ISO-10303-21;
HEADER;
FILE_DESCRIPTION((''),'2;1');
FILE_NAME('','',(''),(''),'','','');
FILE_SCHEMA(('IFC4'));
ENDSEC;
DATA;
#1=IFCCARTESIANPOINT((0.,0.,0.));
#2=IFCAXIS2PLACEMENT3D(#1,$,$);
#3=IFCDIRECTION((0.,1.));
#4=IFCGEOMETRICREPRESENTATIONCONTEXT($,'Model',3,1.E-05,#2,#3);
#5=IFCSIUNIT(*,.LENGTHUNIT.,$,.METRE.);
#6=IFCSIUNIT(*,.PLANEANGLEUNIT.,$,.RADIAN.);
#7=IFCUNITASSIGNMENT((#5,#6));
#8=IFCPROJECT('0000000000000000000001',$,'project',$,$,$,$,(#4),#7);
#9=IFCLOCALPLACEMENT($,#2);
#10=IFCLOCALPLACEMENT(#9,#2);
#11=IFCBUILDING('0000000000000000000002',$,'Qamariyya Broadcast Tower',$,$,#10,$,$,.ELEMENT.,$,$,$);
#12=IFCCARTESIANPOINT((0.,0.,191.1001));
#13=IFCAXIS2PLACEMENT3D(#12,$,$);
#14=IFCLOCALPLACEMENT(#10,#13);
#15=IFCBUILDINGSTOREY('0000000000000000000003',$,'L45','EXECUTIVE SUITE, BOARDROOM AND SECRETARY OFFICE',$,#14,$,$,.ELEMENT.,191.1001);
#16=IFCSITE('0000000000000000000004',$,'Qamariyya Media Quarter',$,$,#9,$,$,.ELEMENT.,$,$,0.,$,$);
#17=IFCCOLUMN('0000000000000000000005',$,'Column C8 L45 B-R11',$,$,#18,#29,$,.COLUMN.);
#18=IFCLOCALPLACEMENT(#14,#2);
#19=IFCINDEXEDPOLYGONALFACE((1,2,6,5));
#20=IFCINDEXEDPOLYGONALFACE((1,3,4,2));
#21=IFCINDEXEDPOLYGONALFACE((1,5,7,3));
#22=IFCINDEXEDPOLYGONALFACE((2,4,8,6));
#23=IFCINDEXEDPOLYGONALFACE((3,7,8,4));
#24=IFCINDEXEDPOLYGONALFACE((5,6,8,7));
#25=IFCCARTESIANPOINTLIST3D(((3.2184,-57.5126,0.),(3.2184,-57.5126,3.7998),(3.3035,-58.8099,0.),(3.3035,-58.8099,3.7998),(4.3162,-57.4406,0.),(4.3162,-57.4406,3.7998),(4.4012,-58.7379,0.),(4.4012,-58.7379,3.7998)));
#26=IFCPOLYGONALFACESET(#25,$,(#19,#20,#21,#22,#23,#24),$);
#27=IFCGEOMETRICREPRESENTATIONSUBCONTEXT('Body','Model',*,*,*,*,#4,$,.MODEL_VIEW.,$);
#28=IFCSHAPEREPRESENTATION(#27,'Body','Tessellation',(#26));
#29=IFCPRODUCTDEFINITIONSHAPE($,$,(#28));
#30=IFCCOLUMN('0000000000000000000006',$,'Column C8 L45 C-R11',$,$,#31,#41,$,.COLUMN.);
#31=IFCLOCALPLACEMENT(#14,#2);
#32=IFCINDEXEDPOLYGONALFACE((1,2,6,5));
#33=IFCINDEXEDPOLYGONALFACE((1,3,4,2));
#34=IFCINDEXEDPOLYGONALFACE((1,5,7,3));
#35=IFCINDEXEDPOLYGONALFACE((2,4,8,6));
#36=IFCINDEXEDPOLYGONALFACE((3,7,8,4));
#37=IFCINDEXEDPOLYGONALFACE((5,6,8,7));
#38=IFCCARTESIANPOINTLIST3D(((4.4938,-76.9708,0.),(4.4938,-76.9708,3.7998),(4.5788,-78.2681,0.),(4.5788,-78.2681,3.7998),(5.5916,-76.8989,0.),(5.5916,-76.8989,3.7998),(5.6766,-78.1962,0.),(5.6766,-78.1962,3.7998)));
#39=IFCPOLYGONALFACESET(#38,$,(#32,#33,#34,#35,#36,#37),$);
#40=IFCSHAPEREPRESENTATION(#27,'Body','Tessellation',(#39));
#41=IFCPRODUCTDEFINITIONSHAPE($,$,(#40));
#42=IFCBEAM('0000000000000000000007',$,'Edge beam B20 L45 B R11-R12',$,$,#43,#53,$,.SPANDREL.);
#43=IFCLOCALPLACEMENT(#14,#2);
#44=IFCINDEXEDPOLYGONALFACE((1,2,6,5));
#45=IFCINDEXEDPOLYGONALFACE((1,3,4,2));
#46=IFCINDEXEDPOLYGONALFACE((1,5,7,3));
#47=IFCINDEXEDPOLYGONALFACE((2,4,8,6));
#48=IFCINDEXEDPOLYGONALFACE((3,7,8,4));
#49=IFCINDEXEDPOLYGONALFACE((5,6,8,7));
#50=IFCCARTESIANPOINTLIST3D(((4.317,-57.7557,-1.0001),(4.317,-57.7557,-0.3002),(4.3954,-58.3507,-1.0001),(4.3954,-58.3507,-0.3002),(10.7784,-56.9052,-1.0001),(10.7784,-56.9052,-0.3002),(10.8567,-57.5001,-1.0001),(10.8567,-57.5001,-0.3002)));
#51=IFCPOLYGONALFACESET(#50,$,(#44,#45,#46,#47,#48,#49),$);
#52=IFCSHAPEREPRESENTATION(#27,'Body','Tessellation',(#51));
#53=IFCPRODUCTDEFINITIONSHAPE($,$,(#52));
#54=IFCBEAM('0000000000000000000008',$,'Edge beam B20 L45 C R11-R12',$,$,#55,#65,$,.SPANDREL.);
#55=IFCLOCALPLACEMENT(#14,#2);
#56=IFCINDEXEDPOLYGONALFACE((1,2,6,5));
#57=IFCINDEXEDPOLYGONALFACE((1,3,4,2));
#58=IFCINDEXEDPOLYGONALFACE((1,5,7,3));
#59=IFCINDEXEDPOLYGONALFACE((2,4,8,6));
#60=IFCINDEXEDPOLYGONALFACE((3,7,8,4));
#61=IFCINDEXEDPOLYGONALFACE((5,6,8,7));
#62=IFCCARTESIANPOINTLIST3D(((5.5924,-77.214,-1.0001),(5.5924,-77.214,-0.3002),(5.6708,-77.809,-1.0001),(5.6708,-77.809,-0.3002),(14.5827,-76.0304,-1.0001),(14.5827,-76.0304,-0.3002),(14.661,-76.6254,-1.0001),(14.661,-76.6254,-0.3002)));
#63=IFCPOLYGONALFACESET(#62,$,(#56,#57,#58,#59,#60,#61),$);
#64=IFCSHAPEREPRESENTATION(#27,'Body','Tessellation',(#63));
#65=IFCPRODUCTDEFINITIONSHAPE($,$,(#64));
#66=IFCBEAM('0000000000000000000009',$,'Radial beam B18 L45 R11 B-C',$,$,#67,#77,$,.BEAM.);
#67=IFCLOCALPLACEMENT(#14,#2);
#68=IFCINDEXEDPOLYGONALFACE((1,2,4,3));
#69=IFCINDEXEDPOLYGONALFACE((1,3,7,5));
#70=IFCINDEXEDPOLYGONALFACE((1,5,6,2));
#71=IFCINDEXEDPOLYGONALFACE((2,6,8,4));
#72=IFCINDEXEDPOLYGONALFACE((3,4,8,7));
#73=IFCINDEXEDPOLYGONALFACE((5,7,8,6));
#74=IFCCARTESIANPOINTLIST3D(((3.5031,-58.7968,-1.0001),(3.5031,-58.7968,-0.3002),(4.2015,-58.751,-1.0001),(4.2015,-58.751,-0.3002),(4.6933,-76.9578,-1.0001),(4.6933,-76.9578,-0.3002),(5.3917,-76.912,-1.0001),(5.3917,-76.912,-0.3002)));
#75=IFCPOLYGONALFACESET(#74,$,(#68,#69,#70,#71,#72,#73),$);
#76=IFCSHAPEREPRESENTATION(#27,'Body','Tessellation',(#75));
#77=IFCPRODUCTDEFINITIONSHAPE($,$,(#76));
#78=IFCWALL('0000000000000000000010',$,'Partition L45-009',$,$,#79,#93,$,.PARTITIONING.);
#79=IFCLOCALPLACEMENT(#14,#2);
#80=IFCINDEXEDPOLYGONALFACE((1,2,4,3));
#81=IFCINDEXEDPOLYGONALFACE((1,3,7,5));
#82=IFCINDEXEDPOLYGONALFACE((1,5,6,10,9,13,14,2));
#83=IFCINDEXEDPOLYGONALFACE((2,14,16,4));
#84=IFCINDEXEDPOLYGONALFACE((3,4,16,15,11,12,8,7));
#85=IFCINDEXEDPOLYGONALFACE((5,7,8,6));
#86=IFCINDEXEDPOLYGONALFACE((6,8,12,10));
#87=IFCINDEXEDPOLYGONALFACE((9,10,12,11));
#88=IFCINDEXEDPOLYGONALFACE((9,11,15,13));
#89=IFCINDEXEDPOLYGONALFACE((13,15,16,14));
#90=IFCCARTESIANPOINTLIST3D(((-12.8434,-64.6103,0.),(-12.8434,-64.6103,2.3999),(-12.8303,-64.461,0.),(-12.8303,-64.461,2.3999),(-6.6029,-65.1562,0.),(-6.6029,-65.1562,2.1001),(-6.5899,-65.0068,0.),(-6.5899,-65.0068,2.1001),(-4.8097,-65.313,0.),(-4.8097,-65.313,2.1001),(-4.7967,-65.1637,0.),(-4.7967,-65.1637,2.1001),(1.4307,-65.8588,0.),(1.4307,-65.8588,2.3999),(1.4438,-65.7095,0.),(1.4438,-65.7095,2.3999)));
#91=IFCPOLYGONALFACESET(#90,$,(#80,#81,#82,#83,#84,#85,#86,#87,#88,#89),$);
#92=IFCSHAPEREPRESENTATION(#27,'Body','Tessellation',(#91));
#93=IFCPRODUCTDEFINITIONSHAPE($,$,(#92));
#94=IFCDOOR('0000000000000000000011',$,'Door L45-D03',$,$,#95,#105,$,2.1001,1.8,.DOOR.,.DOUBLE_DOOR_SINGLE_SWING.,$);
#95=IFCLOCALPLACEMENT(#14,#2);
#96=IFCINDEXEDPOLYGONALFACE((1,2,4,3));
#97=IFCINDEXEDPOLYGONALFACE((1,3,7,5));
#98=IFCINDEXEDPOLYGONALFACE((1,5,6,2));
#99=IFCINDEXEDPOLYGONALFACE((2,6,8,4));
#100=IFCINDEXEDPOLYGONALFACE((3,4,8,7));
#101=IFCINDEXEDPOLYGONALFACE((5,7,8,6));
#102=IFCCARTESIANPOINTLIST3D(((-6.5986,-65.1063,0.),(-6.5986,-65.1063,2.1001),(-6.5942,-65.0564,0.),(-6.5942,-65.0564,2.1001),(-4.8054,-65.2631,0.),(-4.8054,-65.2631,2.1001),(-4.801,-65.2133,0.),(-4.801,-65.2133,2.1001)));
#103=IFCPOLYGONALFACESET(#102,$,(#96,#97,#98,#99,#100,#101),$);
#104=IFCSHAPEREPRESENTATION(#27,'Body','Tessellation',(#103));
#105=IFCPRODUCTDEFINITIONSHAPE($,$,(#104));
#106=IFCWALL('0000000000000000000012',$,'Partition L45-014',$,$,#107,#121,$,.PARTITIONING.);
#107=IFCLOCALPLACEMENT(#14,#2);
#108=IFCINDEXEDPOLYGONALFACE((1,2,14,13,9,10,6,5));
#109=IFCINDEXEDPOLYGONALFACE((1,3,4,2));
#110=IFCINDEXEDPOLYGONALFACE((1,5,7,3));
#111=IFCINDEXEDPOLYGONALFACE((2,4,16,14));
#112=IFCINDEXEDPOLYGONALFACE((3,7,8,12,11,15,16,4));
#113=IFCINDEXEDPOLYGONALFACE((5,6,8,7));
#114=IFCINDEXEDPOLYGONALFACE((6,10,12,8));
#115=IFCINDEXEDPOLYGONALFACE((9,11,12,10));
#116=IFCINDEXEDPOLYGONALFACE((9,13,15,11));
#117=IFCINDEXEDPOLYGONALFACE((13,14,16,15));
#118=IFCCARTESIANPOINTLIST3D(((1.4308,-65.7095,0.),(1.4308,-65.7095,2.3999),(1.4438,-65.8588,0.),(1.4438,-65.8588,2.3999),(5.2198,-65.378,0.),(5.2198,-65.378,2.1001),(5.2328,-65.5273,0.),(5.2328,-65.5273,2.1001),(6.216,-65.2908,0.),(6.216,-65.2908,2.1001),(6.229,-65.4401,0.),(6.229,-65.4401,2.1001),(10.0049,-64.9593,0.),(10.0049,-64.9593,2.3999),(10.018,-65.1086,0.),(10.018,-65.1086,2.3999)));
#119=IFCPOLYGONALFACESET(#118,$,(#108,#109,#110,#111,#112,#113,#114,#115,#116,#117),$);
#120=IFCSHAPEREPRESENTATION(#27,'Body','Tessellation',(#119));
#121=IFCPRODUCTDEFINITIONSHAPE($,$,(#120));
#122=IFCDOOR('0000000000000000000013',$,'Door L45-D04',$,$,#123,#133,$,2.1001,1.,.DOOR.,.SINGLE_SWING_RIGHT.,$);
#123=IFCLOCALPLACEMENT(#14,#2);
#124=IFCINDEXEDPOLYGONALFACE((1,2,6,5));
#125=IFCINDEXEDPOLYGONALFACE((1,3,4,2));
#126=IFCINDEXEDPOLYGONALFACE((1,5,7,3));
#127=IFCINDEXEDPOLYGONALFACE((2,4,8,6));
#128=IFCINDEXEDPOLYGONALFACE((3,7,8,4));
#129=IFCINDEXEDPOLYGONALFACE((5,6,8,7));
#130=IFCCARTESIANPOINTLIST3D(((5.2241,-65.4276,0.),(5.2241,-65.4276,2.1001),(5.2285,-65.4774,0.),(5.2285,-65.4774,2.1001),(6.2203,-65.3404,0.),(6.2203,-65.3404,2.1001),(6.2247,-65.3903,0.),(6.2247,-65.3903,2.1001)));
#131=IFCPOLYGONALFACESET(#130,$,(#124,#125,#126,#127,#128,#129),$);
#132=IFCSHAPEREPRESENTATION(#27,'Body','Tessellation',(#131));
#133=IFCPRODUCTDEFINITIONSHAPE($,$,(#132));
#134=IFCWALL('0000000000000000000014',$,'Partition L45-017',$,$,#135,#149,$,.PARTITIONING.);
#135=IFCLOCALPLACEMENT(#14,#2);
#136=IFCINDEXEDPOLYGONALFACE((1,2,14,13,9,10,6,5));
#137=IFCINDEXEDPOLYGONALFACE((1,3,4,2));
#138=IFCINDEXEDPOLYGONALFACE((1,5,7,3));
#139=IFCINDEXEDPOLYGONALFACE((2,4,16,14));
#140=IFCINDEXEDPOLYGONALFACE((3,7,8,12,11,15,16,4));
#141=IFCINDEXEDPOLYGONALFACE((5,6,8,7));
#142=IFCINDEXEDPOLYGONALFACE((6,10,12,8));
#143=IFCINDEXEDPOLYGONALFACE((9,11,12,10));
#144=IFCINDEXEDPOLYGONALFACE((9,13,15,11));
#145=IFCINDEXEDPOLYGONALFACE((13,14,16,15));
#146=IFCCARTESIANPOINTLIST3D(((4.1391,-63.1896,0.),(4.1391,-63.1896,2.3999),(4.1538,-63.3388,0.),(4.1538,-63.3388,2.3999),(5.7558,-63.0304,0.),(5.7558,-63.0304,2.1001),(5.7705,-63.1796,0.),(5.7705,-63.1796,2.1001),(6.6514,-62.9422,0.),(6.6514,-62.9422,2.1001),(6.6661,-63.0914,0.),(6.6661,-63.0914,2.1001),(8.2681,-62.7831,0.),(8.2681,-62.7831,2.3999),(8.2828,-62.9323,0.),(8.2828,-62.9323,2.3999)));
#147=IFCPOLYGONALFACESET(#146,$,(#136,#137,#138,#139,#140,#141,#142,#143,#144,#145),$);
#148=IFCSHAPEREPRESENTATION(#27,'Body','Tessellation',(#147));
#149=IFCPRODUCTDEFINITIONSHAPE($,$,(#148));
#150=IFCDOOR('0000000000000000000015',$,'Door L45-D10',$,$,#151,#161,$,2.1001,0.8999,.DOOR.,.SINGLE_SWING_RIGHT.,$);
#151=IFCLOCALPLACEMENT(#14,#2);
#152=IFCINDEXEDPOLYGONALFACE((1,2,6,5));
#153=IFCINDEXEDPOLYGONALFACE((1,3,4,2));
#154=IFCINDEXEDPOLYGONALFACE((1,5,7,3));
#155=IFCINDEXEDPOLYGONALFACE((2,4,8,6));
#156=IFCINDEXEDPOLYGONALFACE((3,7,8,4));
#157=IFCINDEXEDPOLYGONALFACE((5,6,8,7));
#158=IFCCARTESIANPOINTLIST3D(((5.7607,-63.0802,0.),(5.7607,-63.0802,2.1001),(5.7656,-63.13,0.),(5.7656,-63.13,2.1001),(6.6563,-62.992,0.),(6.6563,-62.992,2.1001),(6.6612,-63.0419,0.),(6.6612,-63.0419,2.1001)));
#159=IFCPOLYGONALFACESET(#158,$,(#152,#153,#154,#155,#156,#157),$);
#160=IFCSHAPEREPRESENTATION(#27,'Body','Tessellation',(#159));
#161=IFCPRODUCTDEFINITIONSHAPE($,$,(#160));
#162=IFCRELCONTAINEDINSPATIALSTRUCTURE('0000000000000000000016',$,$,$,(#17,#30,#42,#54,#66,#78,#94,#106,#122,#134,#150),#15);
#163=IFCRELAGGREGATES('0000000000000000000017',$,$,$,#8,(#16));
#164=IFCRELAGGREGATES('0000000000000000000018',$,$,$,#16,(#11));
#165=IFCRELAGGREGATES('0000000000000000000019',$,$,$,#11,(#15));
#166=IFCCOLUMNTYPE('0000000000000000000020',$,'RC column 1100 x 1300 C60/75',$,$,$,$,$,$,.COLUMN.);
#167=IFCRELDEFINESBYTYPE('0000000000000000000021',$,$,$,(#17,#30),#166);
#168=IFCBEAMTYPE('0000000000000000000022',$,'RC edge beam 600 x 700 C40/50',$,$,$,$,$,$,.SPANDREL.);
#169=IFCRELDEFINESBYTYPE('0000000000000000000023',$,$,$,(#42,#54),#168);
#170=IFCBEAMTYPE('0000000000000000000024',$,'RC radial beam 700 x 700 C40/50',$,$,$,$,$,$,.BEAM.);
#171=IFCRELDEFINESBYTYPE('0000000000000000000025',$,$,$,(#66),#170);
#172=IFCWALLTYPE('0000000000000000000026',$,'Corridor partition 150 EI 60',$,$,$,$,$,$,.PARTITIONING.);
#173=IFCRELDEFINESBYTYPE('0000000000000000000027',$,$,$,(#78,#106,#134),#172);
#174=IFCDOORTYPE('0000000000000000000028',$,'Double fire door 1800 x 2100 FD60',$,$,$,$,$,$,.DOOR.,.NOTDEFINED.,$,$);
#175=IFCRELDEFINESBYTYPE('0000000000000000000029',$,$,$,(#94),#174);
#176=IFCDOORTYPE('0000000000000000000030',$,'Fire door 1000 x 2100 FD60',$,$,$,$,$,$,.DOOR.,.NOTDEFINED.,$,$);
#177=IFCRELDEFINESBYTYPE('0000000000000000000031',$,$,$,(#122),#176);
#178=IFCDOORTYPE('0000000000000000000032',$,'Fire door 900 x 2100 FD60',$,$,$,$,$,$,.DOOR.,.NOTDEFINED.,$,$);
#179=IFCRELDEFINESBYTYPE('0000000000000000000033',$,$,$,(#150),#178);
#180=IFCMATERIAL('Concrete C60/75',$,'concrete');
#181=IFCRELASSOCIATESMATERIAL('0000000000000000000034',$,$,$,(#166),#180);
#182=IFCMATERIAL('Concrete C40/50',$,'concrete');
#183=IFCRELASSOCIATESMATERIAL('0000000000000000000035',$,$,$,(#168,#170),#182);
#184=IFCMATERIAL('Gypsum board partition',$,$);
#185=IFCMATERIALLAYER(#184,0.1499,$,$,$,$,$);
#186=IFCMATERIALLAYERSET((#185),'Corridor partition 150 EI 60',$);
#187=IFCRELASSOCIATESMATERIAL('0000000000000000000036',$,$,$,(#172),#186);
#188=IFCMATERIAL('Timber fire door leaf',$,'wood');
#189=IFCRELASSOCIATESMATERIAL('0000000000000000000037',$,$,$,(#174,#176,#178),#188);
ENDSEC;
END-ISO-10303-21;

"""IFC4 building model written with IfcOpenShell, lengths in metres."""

from ifc_helpers import new_model, si_unit, direction, frame, frame_2d, origin, origin_2d, place, context, subcontext, project, spatial, rectangle, extrude, material, layer, layer_set, material_profile, profile_set, type_object, element, fill, save


model = new_model("IFC4")

# Units and contexts
model_context = context("Model", 3, precision=1e-05, world=origin(), true_north=direction((0.0, 1.0)))
body_context = subcontext(model_context, "Body", "Model", "MODEL_VIEW")
ifc_project = project(units=[si_unit("LENGTHUNIT", "METRE"), si_unit("PLANEANGLEUNIT", "RADIAN")], contexts=[model_context])

# Site, building, storey
site_placement = place(None, origin())
site = spatial("IfcSite", under=ifc_project, at=site_placement, Name="Qamariyya Media Quarter", CompositionType="ELEMENT", RefElevation=0.0)
building_placement = place(site_placement, origin())
building = spatial("IfcBuilding", under=site, at=building_placement, Name="Qamariyya Broadcast Tower", CompositionType="ELEMENT")
storey_placement = place(building_placement, frame((0.0, 0.0, 191.1001)))
storey = spatial("IfcBuildingStorey", under=building, at=storey_placement, Name="L45", Description="EXECUTIVE SUITE, BOARDROOM AND SECRETARY OFFICE", CompositionType="ELEMENT", Elevation=191.1001)

# Columns
ifc_material_1 = material(Name="Concrete C60/75", Category="concrete")
ifc_material_profile_1 = material_profile(ifc_material_1, rectangle(XDim=1.1001, YDim=1.3, at=origin_2d()))
ifc_profile_set_1 = profile_set([ifc_material_profile_1], Name="Concrete C60/75")
column_type = type_object("IfcColumnType", Name="RC column 1100 x 1300 C60/75", PredefinedType="COLUMN", material=ifc_profile_set_1)
for number, where, z_axis, x_axis, name in (
    (1, (3.8098, -58.1252, 0.0), (0.0, 0.0, 1.0), (0.997859, 0.065403, 0.0), "Column C8 L45 B-R11"),
    (2, (5.0852, -77.5835, 0.0), (0.0, 0.0, 1.0), (0.997859, 0.065403, 0.0), "Column C8 L45 C-R11"),
):
    element("IfcColumn", number, at=place(storey_placement, frame(where, z_axis=z_axis, x_axis=x_axis)), inside=storey, type_object=column_type, Name=name, PredefinedType="COLUMN", context=body_context, shape_type="SweptSolid", body=[
        extrude(rectangle(XDim=1.1001, YDim=1.3, at=origin_2d()), origin(), (0.0, 0.0, 1.0), 3.7998),
    ])

# Beams
ifc_material_2 = material(Name="Concrete C40/50", Category="concrete")
ifc_material_profile_2 = material_profile(ifc_material_2, rectangle(XDim=0.6001, YDim=0.7, at=origin_2d()))
ifc_profile_set_2 = profile_set([ifc_material_profile_2], Name="Concrete C40/50")
beam_type_1 = type_object("IfcBeamType", Name="RC edge beam 600 x 700 C40/50", PredefinedType="SPANDREL", material=ifc_profile_set_2)
beam_1_placement = place(storey_placement, frame((4.3562, -58.0532, -0.6501), z_axis=(0.991446, 0.130515, 0.0), x_axis=(-0.130515, 0.991446, 0.0)))
element("IfcBeam", 3, at=beam_1_placement, inside=storey, type_object=beam_type_1, Name="Edge beam B20 L45 B R11-R12", PredefinedType="SPANDREL", context=body_context, shape_type="SweptSolid", body=[
    extrude(rectangle(XDim=0.6001, YDim=0.7, at=origin_2d()), origin(), (0.0, 0.0, 1.0), 6.5171),
])
beam_2_placement = place(storey_placement, frame((5.6316, -77.5115, -0.6501), z_axis=(0.991445, 0.130527, 0.0), x_axis=(-0.130527, 0.991445, 0.0)))
element("IfcBeam", 4, at=beam_2_placement, inside=storey, type_object=beam_type_1, Name="Edge beam B20 L45 C R11-R12", PredefinedType="SPANDREL", context=body_context, shape_type="SweptSolid", body=[
    extrude(rectangle(XDim=0.6001, YDim=0.7, at=origin_2d()), origin(), (0.0, 0.0, 1.0), 9.0679),
])
ifc_material_profile_3 = material_profile(ifc_material_2, rectangle(XDim=0.7, YDim=0.7, at=origin_2d()))
ifc_profile_set_3 = profile_set([ifc_material_profile_3], Name="Concrete C40/50")
beam_type_2 = type_object("IfcBeamType", Name="RC radial beam 700 x 700 C40/50", PredefinedType="BEAM", material=ifc_profile_set_3)
beam_3_placement = place(storey_placement, frame((3.8523, -58.7739, -0.6501), z_axis=(0.065395, -0.997859, 0.0), x_axis=(0.997859, 0.065395, 0.0)))
element("IfcBeam", 5, at=beam_3_placement, inside=storey, type_object=beam_type_2, Name="Radial beam B18 L45 R11 B-C", PredefinedType="BEAM", context=body_context, shape_type="SweptSolid", body=[
    extrude(rectangle(XDim=0.7, YDim=0.7, at=origin_2d()), origin(), (0.0, 0.0, 1.0), 18.2),
])

# Walls, openings, doors
ifc_material_3 = material(Name="Gypsum board partition")
ifc_layer_1 = layer(ifc_material_3, 0.1499)
ifc_layer_set_1 = layer_set([ifc_layer_1], Name="Corridor partition 150 EI 60")
wall_type_1 = type_object("IfcWallType", Name="Corridor partition 150 EI 60", PredefinedType="PARTITIONING", material=ifc_layer_set_1)
wall_1_placement = place(storey_placement, frame((1.4373, -65.7842, 0.0), z_axis=(0.0, 0.0, 1.0), x_axis=(-0.996196, 0.087135, 0.0)))
wall_1 = element("IfcWall", 6, at=wall_1_placement, inside=storey, type_object=wall_type_1, Name="Partition L45-009", PredefinedType="PARTITIONING", context=body_context, shape_type="SweptSolid", body=[
    extrude(rectangle(XDim=14.3286, YDim=0.1499, at=frame_2d((7.1643, 0.0))), origin(), (0.0, 0.0, 1.0), 2.3999),
])
opening_1_placement = place(wall_1_placement, frame((6.2644, 0.0, 0.0)))
opening_1 = element("IfcOpeningElement", 7, at=opening_1_placement, cuts=wall_1, PredefinedType="OPENING", context=body_context, shape_type="SweptSolid", body=[
    extrude(rectangle(XDim=1.8, YDim=2.1001, at=frame_2d((0.8999, 1.05))), frame((0.0, 0.085, 0.0), z_axis=(0.0, -1.0, 0.0), x_axis=(1.0, 0.0, 0.0)), (0.0, 0.0, 1.0), 0.1699),
])
ifc_material_4 = material(Name="Timber fire door leaf", Category="wood")
door_type_1 = type_object("IfcDoorType", Name="Double fire door 1800 x 2100 FD60", OperationType="NOTDEFINED", PredefinedType="DOOR", material=ifc_material_4)
door_1_placement = place(opening_1_placement, origin())
door_1 = element("IfcDoor", 8, at=door_1_placement, inside=storey, type_object=door_type_1, Name="Door L45-D03", OperationType="DOUBLE_DOOR_SINGLE_SWING", OverallHeight=2.1001, OverallWidth=1.8, PredefinedType="DOOR", context=body_context, shape_type="SweptSolid", body=[
    extrude(rectangle(XDim=1.8, YDim=2.1001, at=frame_2d((0.8999, 1.05))), frame((0.0, 0.0249, 0.0), z_axis=(0.0, -1.0, 0.0), x_axis=(1.0, 0.0, 0.0)), (0.0, 0.0, 1.0), 0.05),
])
fill(opening_1, door_1)
wall_2_placement = place(storey_placement, frame((10.0115, -65.0339, 0.0), z_axis=(0.0, 0.0, 1.0), x_axis=(-0.996194, -0.087167, 0.0)))
wall_2 = element("IfcWall", 9, at=wall_2_placement, inside=storey, type_object=wall_type_1, Name="Partition L45-014", PredefinedType="PARTITIONING", context=body_context, shape_type="SweptSolid", body=[
    extrude(rectangle(XDim=8.6069, YDim=0.1499, at=frame_2d((4.3035, 0.0))), origin(), (0.0, 0.0, 1.0), 2.3999),
])
opening_2_placement = place(wall_2_placement, frame((3.8035, 0.0, 0.0)))
opening_2 = element("IfcOpeningElement", 10, at=opening_2_placement, cuts=wall_2, PredefinedType="OPENING", context=body_context, shape_type="SweptSolid", body=[
    extrude(rectangle(XDim=1.0, YDim=2.1001, at=frame_2d((0.5, 1.05))), frame((0.0, 0.085, 0.0), z_axis=(0.0, -1.0, 0.0), x_axis=(1.0, 0.0, 0.0)), (0.0, 0.0, 1.0), 0.1699),
])
door_type_2 = type_object("IfcDoorType", Name="Fire door 1000 x 2100 FD60", OperationType="NOTDEFINED", PredefinedType="DOOR", material=ifc_material_4)
door_2_placement = place(opening_2_placement, origin())
door_2 = element("IfcDoor", 11, at=door_2_placement, inside=storey, type_object=door_type_2, Name="Door L45-D04", OperationType="SINGLE_SWING_RIGHT", OverallHeight=2.1001, OverallWidth=1.0, PredefinedType="DOOR", context=body_context, shape_type="SweptSolid", body=[
    extrude(rectangle(XDim=1.0, YDim=2.1001, at=frame_2d((0.5, 1.05))), frame((0.0, 0.0249, 0.0), z_axis=(0.0, -1.0, 0.0), x_axis=(1.0, 0.0, 0.0)), (0.0, 0.0, 1.0), 0.05),
])
fill(opening_2, door_2)
wall_3_placement = place(storey_placement, frame((4.1465, -63.2642, 0.0), z_axis=(0.0, 0.0, 1.0), x_axis=(0.995189, 0.097977, 0.0)))
wall_3 = element("IfcWall", 12, at=wall_3_placement, inside=storey, type_object=wall_type_1, Name="Partition L45-017", PredefinedType="PARTITIONING", context=body_context, shape_type="SweptSolid", body=[
    extrude(rectangle(XDim=4.1489, YDim=0.1499, at=frame_2d((2.0745, 0.0))), origin(), (0.0, 0.0, 1.0), 2.3999),
])
opening_3_placement = place(wall_3_placement, frame((1.6245, 0.0, 0.0)))
opening_3 = element("IfcOpeningElement", 13, at=opening_3_placement, cuts=wall_3, PredefinedType="OPENING", context=body_context, shape_type="SweptSolid", body=[
    extrude(rectangle(XDim=0.8999, YDim=2.1001, at=frame_2d((0.45, 1.05))), frame((0.0, 0.085, 0.0), z_axis=(0.0, -1.0, 0.0), x_axis=(1.0, 0.0, 0.0)), (0.0, 0.0, 1.0), 0.1699),
])
door_type_3 = type_object("IfcDoorType", Name="Fire door 900 x 2100 FD60", OperationType="NOTDEFINED", PredefinedType="DOOR", material=ifc_material_4)
door_3_placement = place(opening_3_placement, origin())
door_3 = element("IfcDoor", 14, at=door_3_placement, inside=storey, type_object=door_type_3, Name="Door L45-D10", OperationType="SINGLE_SWING_RIGHT", OverallHeight=2.1001, OverallWidth=0.8999, PredefinedType="DOOR", context=body_context, shape_type="SweptSolid", body=[
    extrude(rectangle(XDim=0.8999, YDim=2.1001, at=frame_2d((0.45, 1.05))), frame((0.0, 0.0249, 0.0), z_axis=(0.0, -1.0, 0.0), x_axis=(1.0, 0.0, 0.0)), (0.0, 0.0, 1.0), 0.05),
])
fill(opening_3, door_3)

save(model, "model.ifc")
